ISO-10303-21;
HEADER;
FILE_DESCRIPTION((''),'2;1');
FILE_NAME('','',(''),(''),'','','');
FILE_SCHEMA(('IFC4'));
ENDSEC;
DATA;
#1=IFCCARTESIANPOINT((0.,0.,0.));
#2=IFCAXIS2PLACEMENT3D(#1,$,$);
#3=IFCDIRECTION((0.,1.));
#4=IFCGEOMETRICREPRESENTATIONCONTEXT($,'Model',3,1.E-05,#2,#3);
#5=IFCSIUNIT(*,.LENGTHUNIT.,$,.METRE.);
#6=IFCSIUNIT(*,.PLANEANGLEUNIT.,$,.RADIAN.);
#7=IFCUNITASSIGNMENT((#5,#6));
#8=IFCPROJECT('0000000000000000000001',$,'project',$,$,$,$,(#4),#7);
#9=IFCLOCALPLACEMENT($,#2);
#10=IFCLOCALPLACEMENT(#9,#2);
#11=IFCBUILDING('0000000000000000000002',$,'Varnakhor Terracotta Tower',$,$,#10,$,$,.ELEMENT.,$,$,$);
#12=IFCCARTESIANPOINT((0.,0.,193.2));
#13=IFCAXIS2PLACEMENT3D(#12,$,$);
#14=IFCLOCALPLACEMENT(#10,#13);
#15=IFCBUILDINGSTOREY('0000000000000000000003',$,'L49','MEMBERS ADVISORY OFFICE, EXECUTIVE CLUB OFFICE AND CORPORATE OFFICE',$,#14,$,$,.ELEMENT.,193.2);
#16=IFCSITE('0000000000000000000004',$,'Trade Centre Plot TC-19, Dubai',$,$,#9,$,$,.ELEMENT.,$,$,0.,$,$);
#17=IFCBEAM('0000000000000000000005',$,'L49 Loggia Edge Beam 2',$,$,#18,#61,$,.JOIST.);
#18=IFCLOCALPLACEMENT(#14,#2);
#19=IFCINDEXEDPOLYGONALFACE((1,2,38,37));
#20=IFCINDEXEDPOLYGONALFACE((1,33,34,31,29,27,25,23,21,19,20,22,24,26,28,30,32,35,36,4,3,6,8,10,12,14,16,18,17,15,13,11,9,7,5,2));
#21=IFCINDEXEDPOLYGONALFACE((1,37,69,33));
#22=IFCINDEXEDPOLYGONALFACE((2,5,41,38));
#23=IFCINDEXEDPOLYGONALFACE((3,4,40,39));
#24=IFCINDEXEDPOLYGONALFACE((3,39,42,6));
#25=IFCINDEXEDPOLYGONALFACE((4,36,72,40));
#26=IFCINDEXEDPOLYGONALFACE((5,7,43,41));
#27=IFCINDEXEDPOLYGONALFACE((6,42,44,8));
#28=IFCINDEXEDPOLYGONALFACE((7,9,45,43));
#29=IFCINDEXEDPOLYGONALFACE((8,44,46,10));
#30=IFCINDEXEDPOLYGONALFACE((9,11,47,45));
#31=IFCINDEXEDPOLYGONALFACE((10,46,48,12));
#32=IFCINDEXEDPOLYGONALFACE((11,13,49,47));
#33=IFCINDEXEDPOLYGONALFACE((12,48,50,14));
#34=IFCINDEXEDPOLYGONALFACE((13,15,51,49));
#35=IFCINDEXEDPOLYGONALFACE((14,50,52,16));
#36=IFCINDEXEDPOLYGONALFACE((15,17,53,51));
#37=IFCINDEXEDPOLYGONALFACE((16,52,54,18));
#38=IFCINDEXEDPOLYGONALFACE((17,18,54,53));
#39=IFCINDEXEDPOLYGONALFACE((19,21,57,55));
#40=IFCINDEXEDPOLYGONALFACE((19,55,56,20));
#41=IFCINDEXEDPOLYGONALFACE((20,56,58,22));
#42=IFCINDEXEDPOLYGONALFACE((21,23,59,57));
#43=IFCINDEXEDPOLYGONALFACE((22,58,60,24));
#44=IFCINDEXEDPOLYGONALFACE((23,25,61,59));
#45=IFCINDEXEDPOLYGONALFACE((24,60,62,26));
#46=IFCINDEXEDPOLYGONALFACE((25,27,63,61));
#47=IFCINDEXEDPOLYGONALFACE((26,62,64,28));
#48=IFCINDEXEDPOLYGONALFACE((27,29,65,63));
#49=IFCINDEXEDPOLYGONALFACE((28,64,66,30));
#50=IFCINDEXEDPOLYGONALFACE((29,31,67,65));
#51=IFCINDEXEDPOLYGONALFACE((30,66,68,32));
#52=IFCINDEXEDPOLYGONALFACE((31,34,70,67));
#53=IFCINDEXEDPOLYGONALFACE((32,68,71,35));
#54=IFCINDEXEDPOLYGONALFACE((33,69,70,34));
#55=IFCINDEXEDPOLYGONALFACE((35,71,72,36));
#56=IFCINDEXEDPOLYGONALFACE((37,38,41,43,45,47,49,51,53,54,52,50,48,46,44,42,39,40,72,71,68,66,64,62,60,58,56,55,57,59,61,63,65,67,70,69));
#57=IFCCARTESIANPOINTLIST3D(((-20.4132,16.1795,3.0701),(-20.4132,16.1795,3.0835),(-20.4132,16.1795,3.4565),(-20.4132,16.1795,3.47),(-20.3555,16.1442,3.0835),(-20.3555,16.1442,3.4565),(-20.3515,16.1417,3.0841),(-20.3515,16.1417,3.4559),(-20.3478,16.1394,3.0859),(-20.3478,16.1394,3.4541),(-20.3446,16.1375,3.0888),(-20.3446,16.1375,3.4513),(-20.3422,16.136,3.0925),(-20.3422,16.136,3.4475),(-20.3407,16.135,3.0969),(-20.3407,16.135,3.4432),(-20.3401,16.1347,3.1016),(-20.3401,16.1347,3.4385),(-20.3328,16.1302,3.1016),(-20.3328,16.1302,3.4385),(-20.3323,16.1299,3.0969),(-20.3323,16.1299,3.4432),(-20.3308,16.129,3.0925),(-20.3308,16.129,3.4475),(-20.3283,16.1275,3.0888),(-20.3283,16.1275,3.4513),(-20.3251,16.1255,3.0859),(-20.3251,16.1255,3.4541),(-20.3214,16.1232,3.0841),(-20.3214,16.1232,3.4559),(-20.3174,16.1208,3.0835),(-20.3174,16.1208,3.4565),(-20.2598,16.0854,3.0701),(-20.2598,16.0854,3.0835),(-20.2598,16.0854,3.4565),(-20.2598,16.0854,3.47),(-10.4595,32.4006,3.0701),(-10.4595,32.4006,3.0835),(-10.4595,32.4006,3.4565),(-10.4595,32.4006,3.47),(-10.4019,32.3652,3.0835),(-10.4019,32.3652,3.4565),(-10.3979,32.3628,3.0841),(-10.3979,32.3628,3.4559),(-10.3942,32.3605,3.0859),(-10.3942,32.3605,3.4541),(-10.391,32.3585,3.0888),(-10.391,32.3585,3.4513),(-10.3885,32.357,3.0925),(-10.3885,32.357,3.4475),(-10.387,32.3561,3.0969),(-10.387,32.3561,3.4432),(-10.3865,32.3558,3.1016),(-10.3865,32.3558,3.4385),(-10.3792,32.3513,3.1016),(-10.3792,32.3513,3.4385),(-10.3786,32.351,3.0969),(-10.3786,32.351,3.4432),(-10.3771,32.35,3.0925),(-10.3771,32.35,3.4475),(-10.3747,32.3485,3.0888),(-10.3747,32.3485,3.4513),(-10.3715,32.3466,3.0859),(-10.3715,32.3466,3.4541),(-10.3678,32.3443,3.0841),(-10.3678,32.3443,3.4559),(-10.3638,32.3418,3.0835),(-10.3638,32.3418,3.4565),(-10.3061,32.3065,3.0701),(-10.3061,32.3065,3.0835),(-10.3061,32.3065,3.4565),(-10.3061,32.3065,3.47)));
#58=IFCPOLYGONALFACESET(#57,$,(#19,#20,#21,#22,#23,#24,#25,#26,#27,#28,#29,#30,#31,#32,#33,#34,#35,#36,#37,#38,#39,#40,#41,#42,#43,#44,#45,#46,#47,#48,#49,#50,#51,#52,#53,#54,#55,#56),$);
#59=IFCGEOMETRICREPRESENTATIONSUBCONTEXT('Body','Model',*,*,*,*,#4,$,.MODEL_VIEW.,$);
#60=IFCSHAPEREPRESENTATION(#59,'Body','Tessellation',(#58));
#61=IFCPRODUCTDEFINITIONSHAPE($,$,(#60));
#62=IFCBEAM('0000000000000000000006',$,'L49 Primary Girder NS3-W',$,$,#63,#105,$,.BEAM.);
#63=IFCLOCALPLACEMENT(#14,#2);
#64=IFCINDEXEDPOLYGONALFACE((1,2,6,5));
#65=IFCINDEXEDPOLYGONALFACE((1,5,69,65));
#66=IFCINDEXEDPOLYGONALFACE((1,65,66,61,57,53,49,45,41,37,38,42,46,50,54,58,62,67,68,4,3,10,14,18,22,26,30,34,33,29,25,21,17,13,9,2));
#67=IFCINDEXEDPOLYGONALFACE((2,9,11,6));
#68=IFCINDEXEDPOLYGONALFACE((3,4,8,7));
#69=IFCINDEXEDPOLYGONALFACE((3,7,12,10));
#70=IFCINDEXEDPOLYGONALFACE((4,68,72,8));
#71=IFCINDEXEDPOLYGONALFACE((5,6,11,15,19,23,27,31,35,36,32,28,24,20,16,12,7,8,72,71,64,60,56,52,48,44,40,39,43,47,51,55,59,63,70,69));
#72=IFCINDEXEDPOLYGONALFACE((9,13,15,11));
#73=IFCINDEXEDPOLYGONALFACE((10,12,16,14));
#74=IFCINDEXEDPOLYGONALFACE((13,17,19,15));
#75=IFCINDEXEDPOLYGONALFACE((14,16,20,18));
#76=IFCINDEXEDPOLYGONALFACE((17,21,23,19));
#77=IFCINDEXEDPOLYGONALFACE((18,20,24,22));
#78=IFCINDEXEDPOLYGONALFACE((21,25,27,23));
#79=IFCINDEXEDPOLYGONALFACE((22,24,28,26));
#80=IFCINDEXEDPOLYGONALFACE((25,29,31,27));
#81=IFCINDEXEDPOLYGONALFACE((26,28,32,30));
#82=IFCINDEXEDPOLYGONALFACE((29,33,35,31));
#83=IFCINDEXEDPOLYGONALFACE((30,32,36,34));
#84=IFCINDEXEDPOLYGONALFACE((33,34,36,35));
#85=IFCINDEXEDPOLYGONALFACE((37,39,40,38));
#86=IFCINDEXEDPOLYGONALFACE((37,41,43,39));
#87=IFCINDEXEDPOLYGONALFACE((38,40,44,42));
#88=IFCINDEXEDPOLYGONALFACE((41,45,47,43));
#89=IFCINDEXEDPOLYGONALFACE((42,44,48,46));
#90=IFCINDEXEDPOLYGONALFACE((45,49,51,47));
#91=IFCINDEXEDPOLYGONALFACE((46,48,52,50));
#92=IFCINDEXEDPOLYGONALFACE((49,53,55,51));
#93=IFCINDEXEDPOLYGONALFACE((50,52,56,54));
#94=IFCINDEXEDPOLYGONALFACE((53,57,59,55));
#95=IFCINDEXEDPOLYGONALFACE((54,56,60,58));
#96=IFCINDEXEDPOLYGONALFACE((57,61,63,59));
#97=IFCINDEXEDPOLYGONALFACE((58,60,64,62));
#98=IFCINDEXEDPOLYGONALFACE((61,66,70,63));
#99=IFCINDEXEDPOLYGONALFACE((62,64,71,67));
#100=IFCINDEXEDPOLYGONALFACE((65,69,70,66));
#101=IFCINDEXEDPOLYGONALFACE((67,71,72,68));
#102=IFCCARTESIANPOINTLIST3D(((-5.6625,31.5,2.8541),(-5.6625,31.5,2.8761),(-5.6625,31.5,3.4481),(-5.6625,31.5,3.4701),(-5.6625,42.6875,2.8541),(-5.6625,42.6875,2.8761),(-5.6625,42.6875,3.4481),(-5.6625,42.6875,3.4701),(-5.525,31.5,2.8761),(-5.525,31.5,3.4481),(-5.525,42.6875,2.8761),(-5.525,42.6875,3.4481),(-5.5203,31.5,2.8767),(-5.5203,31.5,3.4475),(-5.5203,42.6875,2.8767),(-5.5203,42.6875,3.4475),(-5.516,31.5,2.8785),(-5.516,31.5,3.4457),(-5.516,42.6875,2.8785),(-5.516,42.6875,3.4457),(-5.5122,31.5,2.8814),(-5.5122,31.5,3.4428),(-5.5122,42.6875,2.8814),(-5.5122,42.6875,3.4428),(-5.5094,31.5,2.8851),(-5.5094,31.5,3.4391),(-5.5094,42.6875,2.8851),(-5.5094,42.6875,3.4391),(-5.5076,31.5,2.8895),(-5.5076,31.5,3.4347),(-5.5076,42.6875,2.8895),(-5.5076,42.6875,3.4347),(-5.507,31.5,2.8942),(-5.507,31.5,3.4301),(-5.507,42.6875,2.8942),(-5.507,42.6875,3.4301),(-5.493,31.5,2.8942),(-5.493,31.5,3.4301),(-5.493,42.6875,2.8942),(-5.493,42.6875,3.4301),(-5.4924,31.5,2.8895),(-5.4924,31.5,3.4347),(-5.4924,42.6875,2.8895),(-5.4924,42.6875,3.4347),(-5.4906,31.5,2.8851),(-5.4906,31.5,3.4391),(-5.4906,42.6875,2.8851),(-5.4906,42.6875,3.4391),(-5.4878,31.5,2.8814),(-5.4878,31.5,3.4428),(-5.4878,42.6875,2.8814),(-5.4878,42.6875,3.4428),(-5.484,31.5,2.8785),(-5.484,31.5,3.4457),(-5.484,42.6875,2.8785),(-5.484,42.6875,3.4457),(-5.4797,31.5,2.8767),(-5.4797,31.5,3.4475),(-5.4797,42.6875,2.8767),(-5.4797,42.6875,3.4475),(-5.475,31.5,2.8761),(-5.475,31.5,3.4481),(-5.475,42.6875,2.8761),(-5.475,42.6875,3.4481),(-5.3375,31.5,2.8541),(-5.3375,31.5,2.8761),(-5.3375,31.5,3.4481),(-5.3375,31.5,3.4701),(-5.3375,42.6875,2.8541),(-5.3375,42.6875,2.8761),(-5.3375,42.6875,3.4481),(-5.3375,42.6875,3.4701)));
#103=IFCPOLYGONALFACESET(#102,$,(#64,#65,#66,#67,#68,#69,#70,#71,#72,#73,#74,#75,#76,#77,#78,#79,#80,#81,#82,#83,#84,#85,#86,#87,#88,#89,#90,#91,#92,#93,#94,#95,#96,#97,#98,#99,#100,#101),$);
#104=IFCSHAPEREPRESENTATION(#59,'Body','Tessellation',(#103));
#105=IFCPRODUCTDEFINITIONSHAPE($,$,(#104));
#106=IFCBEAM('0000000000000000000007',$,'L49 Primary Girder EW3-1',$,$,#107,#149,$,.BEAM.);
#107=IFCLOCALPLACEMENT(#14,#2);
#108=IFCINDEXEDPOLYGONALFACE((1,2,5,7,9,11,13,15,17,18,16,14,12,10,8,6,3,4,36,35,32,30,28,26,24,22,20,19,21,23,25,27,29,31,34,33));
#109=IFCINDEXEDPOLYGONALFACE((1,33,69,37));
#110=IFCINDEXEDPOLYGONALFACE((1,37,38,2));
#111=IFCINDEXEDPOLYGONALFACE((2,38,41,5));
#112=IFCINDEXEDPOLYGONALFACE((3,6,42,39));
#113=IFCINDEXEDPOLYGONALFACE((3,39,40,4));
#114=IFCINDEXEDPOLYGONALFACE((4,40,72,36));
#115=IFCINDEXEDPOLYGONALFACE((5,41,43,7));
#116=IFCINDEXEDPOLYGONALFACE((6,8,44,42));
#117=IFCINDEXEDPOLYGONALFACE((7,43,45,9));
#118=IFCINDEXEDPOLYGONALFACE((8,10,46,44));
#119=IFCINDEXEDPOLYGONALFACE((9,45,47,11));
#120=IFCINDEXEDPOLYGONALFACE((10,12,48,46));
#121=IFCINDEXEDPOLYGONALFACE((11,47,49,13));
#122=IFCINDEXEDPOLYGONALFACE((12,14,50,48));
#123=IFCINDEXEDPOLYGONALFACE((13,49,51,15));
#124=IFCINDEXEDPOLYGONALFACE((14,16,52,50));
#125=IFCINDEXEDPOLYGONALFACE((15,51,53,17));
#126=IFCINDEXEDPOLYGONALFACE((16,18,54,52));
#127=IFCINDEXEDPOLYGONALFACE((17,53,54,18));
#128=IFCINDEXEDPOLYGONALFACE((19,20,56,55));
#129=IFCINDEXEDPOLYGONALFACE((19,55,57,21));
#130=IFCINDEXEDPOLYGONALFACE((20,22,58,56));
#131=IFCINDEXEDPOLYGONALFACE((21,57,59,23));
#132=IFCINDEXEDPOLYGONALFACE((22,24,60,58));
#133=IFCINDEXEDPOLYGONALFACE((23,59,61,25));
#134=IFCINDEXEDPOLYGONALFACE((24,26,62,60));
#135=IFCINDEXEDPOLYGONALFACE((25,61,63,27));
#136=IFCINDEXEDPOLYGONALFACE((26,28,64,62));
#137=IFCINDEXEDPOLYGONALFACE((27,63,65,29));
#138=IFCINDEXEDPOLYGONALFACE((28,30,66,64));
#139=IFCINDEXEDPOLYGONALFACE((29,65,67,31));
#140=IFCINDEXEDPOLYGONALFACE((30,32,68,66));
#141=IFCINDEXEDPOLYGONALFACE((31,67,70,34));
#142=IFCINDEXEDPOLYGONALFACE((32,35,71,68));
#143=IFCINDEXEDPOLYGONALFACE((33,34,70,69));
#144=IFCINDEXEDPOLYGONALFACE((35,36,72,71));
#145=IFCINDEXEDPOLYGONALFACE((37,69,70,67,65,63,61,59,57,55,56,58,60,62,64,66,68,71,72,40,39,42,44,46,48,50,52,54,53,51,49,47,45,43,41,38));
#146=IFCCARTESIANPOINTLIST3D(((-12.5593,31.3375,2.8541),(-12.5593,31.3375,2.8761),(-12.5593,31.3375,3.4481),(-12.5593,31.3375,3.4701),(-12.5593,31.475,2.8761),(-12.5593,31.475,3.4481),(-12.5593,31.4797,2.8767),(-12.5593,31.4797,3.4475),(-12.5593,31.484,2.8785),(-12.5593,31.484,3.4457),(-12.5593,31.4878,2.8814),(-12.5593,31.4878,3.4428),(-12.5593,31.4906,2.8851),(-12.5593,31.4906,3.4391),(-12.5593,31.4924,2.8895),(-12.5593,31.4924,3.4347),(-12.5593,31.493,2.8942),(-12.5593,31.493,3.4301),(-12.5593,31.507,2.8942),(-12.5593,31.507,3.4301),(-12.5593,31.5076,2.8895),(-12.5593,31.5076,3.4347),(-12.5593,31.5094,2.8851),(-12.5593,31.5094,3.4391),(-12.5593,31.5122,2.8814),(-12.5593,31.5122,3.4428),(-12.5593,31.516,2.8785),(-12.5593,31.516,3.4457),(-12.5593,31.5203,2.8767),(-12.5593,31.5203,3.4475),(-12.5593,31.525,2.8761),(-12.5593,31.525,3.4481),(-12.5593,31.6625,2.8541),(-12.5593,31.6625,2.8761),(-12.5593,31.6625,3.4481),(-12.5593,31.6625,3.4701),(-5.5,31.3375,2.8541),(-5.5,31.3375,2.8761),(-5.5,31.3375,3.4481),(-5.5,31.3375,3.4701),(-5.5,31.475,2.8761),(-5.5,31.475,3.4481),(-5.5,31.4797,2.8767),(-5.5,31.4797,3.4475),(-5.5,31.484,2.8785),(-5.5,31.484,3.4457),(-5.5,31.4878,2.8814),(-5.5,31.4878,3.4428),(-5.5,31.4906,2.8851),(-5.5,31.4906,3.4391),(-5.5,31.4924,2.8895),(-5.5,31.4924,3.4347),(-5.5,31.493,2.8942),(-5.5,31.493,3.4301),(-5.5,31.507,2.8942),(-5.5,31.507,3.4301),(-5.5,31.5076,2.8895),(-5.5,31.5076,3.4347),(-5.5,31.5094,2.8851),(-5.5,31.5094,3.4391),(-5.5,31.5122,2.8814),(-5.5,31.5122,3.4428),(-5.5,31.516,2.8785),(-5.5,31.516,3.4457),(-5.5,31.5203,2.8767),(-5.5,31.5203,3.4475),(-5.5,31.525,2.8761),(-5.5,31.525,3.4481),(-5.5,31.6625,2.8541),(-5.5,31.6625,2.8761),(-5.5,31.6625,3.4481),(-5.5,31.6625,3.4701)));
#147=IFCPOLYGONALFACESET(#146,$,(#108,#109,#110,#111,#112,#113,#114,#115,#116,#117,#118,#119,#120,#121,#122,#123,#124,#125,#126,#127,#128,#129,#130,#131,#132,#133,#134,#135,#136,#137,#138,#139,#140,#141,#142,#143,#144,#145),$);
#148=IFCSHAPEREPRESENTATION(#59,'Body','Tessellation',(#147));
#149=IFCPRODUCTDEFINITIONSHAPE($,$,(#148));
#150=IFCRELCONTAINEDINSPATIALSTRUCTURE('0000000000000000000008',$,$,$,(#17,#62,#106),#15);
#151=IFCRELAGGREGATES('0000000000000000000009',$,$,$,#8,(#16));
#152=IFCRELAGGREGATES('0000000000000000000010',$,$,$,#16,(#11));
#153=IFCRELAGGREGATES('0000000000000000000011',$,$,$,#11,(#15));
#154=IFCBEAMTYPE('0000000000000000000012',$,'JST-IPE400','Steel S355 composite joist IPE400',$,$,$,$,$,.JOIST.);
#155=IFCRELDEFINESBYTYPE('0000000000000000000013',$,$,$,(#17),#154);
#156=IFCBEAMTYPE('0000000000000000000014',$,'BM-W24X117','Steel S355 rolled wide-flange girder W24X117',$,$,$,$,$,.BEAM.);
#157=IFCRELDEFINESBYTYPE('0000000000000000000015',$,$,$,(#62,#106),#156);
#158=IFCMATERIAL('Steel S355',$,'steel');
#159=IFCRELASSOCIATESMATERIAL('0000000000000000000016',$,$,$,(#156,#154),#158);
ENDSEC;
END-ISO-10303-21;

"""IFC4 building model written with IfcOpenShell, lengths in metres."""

from ifc_helpers import new_model, si_unit, direction, frame, origin, origin_2d, place, context, subcontext, project, spatial, i_section, extrude, source, transform, mapped, material, material_profile, profile_set, type_object, element, save


model = new_model("IFC4")

# Units and contexts
model_context = context("Model", 3, precision=1e-05, world=origin(), true_north=direction((0.0, 1.0)))
body_context = subcontext(model_context, "Body", "Model", "MODEL_VIEW")
ifc_project = project(units=[si_unit("LENGTHUNIT", "METRE"), si_unit("PLANEANGLEUNIT", "RADIAN")], contexts=[model_context])

# Site, building, storey
site_placement = place(None, origin())
site = spatial("IfcSite", under=ifc_project, at=site_placement, Name="Trade Centre Plot TC-19, Dubai", CompositionType="ELEMENT", RefElevation=0.0)
building_placement = place(site_placement, origin())
building = spatial("IfcBuilding", under=site, at=building_placement, Name="Varnakhor Terracotta Tower", CompositionType="ELEMENT")
storey_placement = place(building_placement, frame((0.0, 0.0, 193.2)))
storey = spatial("IfcBuildingStorey", under=building, at=storey_placement, Name="L49", Description="MEMBERS ADVISORY OFFICE, EXECUTIVE CLUB OFFICE AND CORPORATE OFFICE", CompositionType="ELEMENT", Elevation=193.2)

# Beams
ifc_material_1 = material(Name="Steel S355", Category="steel")
ifc_material_profile_1 = material_profile(ifc_material_1, i_section(OverallWidth=0.325, OverallDepth=0.616, WebThickness=0.0139, FlangeThickness=0.022, FilletRadius=0.0181, at=origin_2d()), Name="W24X117")
ifc_profile_set_1 = profile_set([ifc_material_profile_1], Name="Steel S355")
beam_type_1 = type_object("IfcBeamType", Name="BM-W24X117", Description="Steel S355 rolled wide-flange girder W24X117", PredefinedType="BEAM", material=ifc_profile_set_1)
ifc_material_profile_2 = material_profile(ifc_material_1, i_section(OverallWidth=0.1799, OverallDepth=0.3999, WebThickness=0.0085, FlangeThickness=0.0134, FilletRadius=0.0181, at=origin_2d()), Name="IPE400")
ifc_profile_set_2 = profile_set([ifc_material_profile_2], Name="Steel S355")
beam_type_2 = type_object("IfcBeamType", Name="JST-IPE400", Description="Steel S355 composite joist IPE400", PredefinedType="JOIST", material=ifc_profile_set_2)
shared_shape_1 = source(origin(), body_context, "Body", "SweptSolid", [
    extrude(i_section(OverallWidth=0.1799, OverallDepth=0.3999, WebThickness=0.0085, FlangeThickness=0.0134, FilletRadius=0.0181, at=origin_2d()), origin(), (0.0, 0.0, 1.0), 19.0315),
])
beam_1_placement = place(storey_placement, frame((-10.3828, 32.3535, 3.27), z_axis=(-0.523011, -0.852326, 0.0), x_axis=(0.852326, -0.523011, 0.0)))
element("IfcBeam", 1, at=beam_1_placement, inside=storey, type_object=beam_type_2, Name="L49 Loggia Edge Beam 2", PredefinedType="JOIST", context=body_context, shape_type="MappedRepresentation", body=[
    mapped(shared_shape_1, transform((0.0, 0.0, 0.0), scale=1.0)),
])
shared_shape_2 = source(origin(), body_context, "Body", "SweptSolid", [
    extrude(i_section(OverallWidth=0.325, OverallDepth=0.616, WebThickness=0.0139, FlangeThickness=0.022, FilletRadius=0.0181, at=origin_2d()), origin(), (0.0, 0.0, 1.0), 11.1875),
])
beam_2_placement = place(storey_placement, frame((-5.5, 31.5, 3.1621), z_axis=(0.0, 1.0, 0.0), x_axis=(-1.0, 0.0, 0.0)))
element("IfcBeam", 2, at=beam_2_placement, inside=storey, type_object=beam_type_1, Name="L49 Primary Girder NS3-W", PredefinedType="BEAM", context=body_context, shape_type="MappedRepresentation", body=[
    mapped(shared_shape_2, transform((0.0, 0.0, 0.0), scale=1.0)),
])
shared_shape_3 = source(origin(), body_context, "Body", "SweptSolid", [
    extrude(i_section(OverallWidth=0.325, OverallDepth=0.616, WebThickness=0.0139, FlangeThickness=0.022, FilletRadius=0.0181, at=origin_2d()), origin(), (0.0, 0.0, 1.0), 7.0593),
])
beam_3_placement = place(storey_placement, frame((-12.5593, 31.5, 3.1621), z_axis=(1.0, 0.0, 0.0), x_axis=(0.0, 1.0, 0.0)))
element("IfcBeam", 3, at=beam_3_placement, inside=storey, type_object=beam_type_1, Name="L49 Primary Girder EW3-1", PredefinedType="BEAM", context=body_context, shape_type="MappedRepresentation", body=[
    mapped(shared_shape_3, transform((0.0, 0.0, 0.0), scale=1.0)),
])

save(model, "model.ifc")
